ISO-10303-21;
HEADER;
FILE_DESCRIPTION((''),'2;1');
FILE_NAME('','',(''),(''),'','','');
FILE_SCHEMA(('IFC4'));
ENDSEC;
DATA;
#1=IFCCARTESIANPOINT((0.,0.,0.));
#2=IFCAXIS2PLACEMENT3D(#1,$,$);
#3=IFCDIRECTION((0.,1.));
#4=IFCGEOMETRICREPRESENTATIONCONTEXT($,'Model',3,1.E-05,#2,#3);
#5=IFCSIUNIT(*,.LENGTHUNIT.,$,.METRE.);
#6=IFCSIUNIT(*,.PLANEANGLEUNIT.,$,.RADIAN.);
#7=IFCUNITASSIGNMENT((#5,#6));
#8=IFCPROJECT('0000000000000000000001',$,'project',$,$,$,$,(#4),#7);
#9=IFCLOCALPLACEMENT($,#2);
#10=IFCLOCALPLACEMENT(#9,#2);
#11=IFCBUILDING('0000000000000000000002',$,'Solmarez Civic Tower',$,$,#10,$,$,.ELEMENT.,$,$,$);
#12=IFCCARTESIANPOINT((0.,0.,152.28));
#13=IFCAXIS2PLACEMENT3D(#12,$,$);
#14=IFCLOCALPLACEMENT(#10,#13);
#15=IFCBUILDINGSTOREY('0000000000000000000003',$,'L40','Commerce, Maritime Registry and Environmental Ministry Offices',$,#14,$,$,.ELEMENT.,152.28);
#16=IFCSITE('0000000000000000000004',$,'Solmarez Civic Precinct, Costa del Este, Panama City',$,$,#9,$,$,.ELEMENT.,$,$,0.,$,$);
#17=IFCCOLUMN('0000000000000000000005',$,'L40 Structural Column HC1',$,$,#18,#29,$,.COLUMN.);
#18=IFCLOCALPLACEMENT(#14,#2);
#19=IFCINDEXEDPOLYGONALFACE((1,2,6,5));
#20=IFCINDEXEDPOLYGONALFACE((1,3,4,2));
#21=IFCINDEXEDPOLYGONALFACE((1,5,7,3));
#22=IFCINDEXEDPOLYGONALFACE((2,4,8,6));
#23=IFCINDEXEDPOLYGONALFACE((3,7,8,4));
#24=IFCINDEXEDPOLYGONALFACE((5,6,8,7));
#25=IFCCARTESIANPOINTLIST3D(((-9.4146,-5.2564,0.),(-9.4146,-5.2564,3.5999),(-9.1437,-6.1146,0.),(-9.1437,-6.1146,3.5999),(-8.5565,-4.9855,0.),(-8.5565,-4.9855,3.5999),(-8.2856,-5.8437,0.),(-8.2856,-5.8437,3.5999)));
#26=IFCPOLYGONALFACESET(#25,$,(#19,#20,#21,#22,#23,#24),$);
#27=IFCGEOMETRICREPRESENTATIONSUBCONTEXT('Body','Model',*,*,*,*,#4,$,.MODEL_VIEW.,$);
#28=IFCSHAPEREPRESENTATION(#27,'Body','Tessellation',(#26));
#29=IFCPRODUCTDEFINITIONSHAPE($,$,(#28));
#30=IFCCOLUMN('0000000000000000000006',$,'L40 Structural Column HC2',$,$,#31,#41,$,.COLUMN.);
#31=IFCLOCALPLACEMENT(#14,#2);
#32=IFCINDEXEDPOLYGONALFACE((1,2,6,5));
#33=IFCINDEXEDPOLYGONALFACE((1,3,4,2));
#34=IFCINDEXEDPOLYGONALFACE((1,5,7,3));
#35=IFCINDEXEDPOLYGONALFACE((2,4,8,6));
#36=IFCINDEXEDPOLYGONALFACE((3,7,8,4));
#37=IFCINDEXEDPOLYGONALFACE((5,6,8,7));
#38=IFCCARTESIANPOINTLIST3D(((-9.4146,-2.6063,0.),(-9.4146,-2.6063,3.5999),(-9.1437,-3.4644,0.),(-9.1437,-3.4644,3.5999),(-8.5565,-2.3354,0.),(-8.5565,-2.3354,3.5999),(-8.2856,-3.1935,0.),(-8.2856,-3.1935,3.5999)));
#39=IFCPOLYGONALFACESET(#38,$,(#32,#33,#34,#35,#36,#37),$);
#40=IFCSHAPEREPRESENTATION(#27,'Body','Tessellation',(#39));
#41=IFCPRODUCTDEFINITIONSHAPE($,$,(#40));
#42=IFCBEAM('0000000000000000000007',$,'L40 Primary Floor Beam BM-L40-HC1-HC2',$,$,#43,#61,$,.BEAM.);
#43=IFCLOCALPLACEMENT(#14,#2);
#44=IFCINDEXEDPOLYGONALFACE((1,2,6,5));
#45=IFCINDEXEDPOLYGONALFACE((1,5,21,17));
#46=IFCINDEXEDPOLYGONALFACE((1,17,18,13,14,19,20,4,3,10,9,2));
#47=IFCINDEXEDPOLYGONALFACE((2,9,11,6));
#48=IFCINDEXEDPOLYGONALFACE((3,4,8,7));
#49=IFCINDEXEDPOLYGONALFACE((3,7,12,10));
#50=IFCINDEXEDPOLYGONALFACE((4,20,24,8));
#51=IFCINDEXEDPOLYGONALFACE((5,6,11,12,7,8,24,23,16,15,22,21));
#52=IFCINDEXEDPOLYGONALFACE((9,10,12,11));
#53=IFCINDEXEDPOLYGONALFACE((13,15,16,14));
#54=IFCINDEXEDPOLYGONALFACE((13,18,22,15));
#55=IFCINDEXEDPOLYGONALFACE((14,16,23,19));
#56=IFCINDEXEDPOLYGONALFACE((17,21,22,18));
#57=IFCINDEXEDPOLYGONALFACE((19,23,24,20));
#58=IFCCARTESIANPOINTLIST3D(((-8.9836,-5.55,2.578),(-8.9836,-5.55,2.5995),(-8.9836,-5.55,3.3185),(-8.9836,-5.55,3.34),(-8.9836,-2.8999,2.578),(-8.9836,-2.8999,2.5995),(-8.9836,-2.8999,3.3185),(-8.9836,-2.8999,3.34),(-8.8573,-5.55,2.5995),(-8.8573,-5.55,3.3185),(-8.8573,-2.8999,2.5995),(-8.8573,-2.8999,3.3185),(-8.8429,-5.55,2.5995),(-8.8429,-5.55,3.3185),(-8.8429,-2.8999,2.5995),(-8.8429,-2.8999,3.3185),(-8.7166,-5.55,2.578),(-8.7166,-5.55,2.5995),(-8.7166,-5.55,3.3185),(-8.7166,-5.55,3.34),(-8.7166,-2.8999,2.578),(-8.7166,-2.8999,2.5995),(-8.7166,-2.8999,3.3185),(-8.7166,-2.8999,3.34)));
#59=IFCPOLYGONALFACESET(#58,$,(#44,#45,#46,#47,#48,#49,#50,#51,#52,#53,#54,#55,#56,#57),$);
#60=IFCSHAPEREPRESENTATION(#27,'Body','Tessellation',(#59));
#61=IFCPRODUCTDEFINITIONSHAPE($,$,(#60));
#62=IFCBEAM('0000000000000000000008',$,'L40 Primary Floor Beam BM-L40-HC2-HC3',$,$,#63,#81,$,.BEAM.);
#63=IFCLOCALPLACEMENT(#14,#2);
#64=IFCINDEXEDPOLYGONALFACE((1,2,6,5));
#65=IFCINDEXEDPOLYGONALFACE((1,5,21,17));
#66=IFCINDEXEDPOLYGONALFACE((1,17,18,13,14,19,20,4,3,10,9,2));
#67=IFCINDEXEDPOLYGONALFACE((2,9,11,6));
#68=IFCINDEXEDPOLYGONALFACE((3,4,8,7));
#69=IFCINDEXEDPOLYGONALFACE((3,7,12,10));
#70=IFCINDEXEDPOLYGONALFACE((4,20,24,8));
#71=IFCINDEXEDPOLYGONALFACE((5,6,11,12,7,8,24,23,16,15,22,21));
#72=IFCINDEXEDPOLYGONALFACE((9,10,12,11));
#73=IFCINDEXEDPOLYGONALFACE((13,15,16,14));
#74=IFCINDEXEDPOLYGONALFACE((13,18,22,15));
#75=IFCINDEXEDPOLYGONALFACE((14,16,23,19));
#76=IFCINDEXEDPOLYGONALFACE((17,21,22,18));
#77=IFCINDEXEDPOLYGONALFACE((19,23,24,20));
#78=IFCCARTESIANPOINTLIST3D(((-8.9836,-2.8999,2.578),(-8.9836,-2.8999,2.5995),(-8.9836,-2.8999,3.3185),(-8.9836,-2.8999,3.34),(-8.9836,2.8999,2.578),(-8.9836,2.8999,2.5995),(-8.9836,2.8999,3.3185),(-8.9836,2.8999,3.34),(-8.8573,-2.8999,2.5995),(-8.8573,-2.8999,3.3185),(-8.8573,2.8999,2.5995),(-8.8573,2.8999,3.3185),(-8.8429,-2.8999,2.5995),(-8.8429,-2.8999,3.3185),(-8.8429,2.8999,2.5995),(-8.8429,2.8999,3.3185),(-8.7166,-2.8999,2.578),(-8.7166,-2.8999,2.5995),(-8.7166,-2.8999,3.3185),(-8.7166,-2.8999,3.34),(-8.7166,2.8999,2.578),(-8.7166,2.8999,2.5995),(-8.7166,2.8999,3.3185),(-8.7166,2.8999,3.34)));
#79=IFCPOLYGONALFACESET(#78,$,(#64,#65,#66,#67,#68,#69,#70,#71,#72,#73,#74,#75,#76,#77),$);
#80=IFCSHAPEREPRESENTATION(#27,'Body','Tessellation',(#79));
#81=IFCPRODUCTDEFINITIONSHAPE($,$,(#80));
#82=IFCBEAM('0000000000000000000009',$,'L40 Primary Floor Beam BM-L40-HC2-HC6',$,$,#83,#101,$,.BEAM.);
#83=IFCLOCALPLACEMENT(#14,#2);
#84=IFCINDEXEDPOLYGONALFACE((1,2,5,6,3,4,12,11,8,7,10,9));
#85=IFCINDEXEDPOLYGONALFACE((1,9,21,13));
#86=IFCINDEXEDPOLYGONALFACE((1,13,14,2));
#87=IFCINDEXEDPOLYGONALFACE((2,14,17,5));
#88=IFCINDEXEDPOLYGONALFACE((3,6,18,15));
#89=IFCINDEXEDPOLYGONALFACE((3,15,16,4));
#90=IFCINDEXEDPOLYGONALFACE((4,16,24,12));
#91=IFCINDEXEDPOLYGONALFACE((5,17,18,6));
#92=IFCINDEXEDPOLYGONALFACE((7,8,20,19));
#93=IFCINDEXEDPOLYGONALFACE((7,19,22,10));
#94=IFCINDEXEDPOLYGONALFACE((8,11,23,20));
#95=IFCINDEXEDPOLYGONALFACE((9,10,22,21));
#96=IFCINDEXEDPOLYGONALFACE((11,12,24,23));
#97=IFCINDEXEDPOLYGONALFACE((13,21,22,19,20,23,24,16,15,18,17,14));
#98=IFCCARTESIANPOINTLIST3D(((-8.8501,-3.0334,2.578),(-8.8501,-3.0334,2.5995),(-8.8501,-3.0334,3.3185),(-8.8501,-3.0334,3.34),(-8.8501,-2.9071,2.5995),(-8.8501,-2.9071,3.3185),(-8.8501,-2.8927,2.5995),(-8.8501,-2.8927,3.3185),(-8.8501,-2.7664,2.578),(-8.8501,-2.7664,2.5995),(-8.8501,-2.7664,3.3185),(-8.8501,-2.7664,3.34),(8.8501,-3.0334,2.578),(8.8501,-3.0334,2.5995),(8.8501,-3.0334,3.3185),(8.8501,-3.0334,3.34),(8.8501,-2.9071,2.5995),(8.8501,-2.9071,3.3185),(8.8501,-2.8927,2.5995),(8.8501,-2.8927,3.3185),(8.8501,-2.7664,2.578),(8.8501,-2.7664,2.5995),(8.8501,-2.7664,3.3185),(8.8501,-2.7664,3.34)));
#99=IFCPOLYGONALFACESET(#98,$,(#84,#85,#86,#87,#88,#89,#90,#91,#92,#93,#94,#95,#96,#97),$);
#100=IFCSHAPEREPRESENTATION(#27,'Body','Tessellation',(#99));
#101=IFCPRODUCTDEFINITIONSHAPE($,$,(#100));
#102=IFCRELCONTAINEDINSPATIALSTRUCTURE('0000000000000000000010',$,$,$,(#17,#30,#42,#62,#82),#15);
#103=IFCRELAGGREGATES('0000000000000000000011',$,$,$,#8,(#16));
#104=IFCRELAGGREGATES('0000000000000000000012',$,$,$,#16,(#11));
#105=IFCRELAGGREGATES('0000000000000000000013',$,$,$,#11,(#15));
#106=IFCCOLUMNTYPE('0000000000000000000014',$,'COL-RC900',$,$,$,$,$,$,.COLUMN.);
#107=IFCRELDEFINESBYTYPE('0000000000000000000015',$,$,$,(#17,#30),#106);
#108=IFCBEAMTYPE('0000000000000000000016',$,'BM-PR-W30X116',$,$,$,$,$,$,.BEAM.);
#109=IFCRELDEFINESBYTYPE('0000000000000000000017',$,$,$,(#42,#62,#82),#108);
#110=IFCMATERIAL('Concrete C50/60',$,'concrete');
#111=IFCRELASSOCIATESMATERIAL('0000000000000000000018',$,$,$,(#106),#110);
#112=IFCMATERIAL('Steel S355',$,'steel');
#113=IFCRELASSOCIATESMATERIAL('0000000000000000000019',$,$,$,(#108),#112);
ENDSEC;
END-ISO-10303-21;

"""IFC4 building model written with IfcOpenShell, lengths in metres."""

from ifc_helpers import new_model, si_unit, direction, frame, origin, origin_2d, place, context, subcontext, project, spatial, rectangle, i_section, extrude, material, material_profile, profile_set, type_object, element, save


model = new_model("IFC4")

# Units and contexts
model_context = context("Model", 3, precision=1e-05, world=origin(), true_north=direction((0.0, 1.0)))
body_context = subcontext(model_context, "Body", "Model", "MODEL_VIEW")
ifc_project = project(units=[si_unit("LENGTHUNIT", "METRE"), si_unit("PLANEANGLEUNIT", "RADIAN")], contexts=[model_context])

# Site, building, storey
site_placement = place(None, origin())
site = spatial("IfcSite", under=ifc_project, at=site_placement, Name="Solmarez Civic Precinct, Costa del Este, Panama City", CompositionType="ELEMENT", RefElevation=0.0)
building_placement = place(site_placement, origin())
building = spatial("IfcBuilding", under=site, at=building_placement, Name="Solmarez Civic Tower", CompositionType="ELEMENT")
storey_placement = place(building_placement, frame((0.0, 0.0, 152.28)))
storey = spatial("IfcBuildingStorey", under=building, at=storey_placement, Name="L40", Description="Commerce, Maritime Registry and Environmental Ministry Offices", CompositionType="ELEMENT", Elevation=152.28)

# Columns
ifc_material_1 = material(Name="Concrete C50/60", Category="concrete")
ifc_material_profile_1 = material_profile(ifc_material_1, rectangle(XDim=0.8999, YDim=0.8999, at=origin_2d()), Name="RC900X900")
ifc_profile_set_1 = profile_set([ifc_material_profile_1], Name="Concrete C50/60")
column_type = type_object("IfcColumnType", Name="COL-RC900", PredefinedType="COLUMN", material=ifc_profile_set_1)
for number, where, z_axis, x_axis, name in (
    (1, (-8.8501, -5.55, 0.0), (0.0, 0.0, 1.0), (0.953612, 0.301039, 0.0), "L40 Structural Column HC1"),
    (2, (-8.8501, -2.8999, 0.0), (0.0, 0.0, 1.0), (0.953612, 0.301039, 0.0), "L40 Structural Column HC2"),
):
    element("IfcColumn", number, at=place(storey_placement, frame(where, z_axis=z_axis, x_axis=x_axis)), inside=storey, type_object=column_type, Name=name, PredefinedType="COLUMN", context=body_context, shape_type="SweptSolid", body=[
        extrude(rectangle(XDim=0.8999, YDim=0.8999, at=origin_2d()), origin(), (0.0, 0.0, 1.0), 3.5999),
    ])

# Beams
ifc_material_2 = material(Name="Steel S355", Category="steel")
ifc_material_profile_2 = material_profile(ifc_material_2, i_section(OverallWidth=0.2671, OverallDepth=0.762, WebThickness=0.0144, FlangeThickness=0.0215, at=origin_2d()), Name="W30X116")
ifc_profile_set_2 = profile_set([ifc_material_profile_2], Name="Steel S355")
beam_type = type_object("IfcBeamType", Name="BM-PR-W30X116", PredefinedType="BEAM", material=ifc_profile_set_2)
beam_1_placement = place(storey_placement, frame((-8.8501, -5.55, 2.959), z_axis=(0.0, 1.0, 0.0), x_axis=(-1.0, 0.0, 0.0)))
element("IfcBeam", 3, at=beam_1_placement, inside=storey, type_object=beam_type, Name="L40 Primary Floor Beam BM-L40-HC1-HC2", PredefinedType="BEAM", context=body_context, shape_type="SweptSolid", body=[
    extrude(i_section(OverallWidth=0.2671, OverallDepth=0.762, WebThickness=0.0144, FlangeThickness=0.0215, at=origin_2d()), origin(), (0.0, 0.0, 1.0), 2.6501),
])
beam_2_placement = place(storey_placement, frame((-8.8501, -2.8999, 2.959), z_axis=(0.0, 1.0, 0.0), x_axis=(-1.0, 0.0, 0.0)))
element("IfcBeam", 4, at=beam_2_placement, inside=storey, type_object=beam_type, Name="L40 Primary Floor Beam BM-L40-HC2-HC3", PredefinedType="BEAM", context=body_context, shape_type="SweptSolid", body=[
    extrude(i_section(OverallWidth=0.2671, OverallDepth=0.762, WebThickness=0.0144, FlangeThickness=0.0215, at=origin_2d()), origin(), (0.0, 0.0, 1.0), 5.7998),
])
beam_3_placement = place(storey_placement, frame((-8.8501, -2.8999, 2.959), z_axis=(1.0, 0.0, 0.0), x_axis=(0.0, 1.0, 0.0)))
element("IfcBeam", 5, at=beam_3_placement, inside=storey, type_object=beam_type, Name="L40 Primary Floor Beam BM-L40-HC2-HC6", PredefinedType="BEAM", context=body_context, shape_type="SweptSolid", body=[
    extrude(i_section(OverallWidth=0.2671, OverallDepth=0.762, WebThickness=0.0144, FlangeThickness=0.0215, at=origin_2d()), origin(), (0.0, 0.0, 1.0), 17.7002),
])

save(model, "model.ifc")
